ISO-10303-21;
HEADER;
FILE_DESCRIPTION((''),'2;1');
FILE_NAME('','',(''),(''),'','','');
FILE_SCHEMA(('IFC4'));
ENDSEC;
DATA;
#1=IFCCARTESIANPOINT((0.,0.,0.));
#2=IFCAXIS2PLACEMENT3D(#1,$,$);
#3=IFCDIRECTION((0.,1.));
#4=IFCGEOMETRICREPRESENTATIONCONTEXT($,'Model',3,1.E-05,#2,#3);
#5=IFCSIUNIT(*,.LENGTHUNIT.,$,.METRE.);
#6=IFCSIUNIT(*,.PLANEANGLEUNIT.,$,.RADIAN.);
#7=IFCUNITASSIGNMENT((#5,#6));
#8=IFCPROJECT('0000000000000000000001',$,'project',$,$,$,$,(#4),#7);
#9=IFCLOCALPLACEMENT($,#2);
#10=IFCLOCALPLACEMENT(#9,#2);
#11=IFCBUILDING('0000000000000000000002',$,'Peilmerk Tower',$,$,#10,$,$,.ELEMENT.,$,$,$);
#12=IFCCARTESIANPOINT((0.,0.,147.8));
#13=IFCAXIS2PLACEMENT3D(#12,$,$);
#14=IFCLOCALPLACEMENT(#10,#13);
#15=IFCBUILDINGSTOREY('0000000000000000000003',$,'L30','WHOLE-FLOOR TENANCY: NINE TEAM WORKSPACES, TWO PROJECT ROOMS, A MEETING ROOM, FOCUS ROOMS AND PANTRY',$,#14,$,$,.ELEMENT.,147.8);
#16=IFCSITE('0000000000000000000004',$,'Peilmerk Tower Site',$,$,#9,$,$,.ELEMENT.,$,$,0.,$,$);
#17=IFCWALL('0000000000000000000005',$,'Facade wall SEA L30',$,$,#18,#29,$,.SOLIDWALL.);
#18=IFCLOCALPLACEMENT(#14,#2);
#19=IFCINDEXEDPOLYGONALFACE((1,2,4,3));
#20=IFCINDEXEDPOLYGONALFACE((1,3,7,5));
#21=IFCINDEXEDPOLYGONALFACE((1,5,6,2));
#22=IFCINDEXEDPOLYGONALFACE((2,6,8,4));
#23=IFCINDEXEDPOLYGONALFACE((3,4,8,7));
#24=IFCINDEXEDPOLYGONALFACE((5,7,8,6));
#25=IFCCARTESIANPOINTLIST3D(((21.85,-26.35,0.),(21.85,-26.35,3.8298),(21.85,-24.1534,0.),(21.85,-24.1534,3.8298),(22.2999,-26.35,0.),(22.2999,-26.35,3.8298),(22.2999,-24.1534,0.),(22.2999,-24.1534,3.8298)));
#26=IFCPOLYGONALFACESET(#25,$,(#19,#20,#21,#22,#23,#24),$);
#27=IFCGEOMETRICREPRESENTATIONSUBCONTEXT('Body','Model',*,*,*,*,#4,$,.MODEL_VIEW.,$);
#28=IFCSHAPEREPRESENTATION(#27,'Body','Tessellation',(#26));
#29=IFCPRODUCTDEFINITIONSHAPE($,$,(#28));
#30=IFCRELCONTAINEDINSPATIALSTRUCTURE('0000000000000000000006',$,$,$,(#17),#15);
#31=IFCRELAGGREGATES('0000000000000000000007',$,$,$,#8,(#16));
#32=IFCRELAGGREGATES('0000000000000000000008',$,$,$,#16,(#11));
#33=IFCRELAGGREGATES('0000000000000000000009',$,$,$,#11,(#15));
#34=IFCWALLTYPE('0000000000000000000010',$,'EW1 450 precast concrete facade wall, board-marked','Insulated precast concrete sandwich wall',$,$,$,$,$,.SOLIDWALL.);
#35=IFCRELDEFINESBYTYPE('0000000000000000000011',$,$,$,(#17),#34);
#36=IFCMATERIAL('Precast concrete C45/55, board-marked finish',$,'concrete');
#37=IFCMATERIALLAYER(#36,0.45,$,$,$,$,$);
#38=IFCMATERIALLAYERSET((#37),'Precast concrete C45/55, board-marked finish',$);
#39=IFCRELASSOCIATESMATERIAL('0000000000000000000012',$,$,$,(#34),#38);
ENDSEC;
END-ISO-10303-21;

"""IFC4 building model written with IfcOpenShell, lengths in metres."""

from ifc_helpers import new_model, si_unit, direction, frame, frame_2d, origin, place, context, subcontext, project, spatial, rectangle, extrude, material, layer, layer_set, type_object, element, save


model = new_model("IFC4")

# Units and contexts
model_context = context("Model", 3, precision=1e-05, world=origin(), true_north=direction((0.0, 1.0)))
body_context = subcontext(model_context, "Body", "Model", "MODEL_VIEW")
ifc_project = project(units=[si_unit("LENGTHUNIT", "METRE"), si_unit("PLANEANGLEUNIT", "RADIAN")], contexts=[model_context])

# Site, building, storey
site_placement = place(None, origin())
site = spatial("IfcSite", under=ifc_project, at=site_placement, Name="Peilmerk Tower Site", CompositionType="ELEMENT", RefElevation=0.0)
building_placement = place(site_placement, origin())
building = spatial("IfcBuilding", under=site, at=building_placement, Name="Peilmerk Tower", CompositionType="ELEMENT")
storey_placement = place(building_placement, frame((0.0, 0.0, 147.8)))
storey = spatial("IfcBuildingStorey", under=building, at=storey_placement, Name="L30", Description="WHOLE-FLOOR TENANCY: NINE TEAM WORKSPACES, TWO PROJECT ROOMS, A MEETING ROOM, FOCUS ROOMS AND PANTRY", CompositionType="ELEMENT", Elevation=147.8)

# Wall
ifc_material_1 = material(Name="Precast concrete C45/55, board-marked finish", Category="concrete")
ifc_layer_1 = layer(ifc_material_1, 0.45)
ifc_layer_set_1 = layer_set([ifc_layer_1], Name="Precast concrete C45/55, board-marked finish")
wall_type = type_object("IfcWallType", Name="EW1 450 precast concrete facade wall, board-marked", Description="Insulated precast concrete sandwich wall", PredefinedType="SOLIDWALL", material=ifc_layer_set_1)
wall_placement = place(storey_placement, frame((22.075, -24.1536, 0.0), z_axis=(0.0, 0.0, 1.0), x_axis=(0.0, -1.0, 0.0)))
element("IfcWall", 1, at=wall_placement, inside=storey, type_object=wall_type, Name="Facade wall SEA L30", PredefinedType="SOLIDWALL", context=body_context, shape_type="SweptSolid", body=[
    extrude(rectangle(XDim=2.1965, YDim=0.45, at=frame_2d((1.0981, 0.0))), origin(), (0.0, 0.0, 1.0), 3.8298),
])

save(model, "model.ifc")
